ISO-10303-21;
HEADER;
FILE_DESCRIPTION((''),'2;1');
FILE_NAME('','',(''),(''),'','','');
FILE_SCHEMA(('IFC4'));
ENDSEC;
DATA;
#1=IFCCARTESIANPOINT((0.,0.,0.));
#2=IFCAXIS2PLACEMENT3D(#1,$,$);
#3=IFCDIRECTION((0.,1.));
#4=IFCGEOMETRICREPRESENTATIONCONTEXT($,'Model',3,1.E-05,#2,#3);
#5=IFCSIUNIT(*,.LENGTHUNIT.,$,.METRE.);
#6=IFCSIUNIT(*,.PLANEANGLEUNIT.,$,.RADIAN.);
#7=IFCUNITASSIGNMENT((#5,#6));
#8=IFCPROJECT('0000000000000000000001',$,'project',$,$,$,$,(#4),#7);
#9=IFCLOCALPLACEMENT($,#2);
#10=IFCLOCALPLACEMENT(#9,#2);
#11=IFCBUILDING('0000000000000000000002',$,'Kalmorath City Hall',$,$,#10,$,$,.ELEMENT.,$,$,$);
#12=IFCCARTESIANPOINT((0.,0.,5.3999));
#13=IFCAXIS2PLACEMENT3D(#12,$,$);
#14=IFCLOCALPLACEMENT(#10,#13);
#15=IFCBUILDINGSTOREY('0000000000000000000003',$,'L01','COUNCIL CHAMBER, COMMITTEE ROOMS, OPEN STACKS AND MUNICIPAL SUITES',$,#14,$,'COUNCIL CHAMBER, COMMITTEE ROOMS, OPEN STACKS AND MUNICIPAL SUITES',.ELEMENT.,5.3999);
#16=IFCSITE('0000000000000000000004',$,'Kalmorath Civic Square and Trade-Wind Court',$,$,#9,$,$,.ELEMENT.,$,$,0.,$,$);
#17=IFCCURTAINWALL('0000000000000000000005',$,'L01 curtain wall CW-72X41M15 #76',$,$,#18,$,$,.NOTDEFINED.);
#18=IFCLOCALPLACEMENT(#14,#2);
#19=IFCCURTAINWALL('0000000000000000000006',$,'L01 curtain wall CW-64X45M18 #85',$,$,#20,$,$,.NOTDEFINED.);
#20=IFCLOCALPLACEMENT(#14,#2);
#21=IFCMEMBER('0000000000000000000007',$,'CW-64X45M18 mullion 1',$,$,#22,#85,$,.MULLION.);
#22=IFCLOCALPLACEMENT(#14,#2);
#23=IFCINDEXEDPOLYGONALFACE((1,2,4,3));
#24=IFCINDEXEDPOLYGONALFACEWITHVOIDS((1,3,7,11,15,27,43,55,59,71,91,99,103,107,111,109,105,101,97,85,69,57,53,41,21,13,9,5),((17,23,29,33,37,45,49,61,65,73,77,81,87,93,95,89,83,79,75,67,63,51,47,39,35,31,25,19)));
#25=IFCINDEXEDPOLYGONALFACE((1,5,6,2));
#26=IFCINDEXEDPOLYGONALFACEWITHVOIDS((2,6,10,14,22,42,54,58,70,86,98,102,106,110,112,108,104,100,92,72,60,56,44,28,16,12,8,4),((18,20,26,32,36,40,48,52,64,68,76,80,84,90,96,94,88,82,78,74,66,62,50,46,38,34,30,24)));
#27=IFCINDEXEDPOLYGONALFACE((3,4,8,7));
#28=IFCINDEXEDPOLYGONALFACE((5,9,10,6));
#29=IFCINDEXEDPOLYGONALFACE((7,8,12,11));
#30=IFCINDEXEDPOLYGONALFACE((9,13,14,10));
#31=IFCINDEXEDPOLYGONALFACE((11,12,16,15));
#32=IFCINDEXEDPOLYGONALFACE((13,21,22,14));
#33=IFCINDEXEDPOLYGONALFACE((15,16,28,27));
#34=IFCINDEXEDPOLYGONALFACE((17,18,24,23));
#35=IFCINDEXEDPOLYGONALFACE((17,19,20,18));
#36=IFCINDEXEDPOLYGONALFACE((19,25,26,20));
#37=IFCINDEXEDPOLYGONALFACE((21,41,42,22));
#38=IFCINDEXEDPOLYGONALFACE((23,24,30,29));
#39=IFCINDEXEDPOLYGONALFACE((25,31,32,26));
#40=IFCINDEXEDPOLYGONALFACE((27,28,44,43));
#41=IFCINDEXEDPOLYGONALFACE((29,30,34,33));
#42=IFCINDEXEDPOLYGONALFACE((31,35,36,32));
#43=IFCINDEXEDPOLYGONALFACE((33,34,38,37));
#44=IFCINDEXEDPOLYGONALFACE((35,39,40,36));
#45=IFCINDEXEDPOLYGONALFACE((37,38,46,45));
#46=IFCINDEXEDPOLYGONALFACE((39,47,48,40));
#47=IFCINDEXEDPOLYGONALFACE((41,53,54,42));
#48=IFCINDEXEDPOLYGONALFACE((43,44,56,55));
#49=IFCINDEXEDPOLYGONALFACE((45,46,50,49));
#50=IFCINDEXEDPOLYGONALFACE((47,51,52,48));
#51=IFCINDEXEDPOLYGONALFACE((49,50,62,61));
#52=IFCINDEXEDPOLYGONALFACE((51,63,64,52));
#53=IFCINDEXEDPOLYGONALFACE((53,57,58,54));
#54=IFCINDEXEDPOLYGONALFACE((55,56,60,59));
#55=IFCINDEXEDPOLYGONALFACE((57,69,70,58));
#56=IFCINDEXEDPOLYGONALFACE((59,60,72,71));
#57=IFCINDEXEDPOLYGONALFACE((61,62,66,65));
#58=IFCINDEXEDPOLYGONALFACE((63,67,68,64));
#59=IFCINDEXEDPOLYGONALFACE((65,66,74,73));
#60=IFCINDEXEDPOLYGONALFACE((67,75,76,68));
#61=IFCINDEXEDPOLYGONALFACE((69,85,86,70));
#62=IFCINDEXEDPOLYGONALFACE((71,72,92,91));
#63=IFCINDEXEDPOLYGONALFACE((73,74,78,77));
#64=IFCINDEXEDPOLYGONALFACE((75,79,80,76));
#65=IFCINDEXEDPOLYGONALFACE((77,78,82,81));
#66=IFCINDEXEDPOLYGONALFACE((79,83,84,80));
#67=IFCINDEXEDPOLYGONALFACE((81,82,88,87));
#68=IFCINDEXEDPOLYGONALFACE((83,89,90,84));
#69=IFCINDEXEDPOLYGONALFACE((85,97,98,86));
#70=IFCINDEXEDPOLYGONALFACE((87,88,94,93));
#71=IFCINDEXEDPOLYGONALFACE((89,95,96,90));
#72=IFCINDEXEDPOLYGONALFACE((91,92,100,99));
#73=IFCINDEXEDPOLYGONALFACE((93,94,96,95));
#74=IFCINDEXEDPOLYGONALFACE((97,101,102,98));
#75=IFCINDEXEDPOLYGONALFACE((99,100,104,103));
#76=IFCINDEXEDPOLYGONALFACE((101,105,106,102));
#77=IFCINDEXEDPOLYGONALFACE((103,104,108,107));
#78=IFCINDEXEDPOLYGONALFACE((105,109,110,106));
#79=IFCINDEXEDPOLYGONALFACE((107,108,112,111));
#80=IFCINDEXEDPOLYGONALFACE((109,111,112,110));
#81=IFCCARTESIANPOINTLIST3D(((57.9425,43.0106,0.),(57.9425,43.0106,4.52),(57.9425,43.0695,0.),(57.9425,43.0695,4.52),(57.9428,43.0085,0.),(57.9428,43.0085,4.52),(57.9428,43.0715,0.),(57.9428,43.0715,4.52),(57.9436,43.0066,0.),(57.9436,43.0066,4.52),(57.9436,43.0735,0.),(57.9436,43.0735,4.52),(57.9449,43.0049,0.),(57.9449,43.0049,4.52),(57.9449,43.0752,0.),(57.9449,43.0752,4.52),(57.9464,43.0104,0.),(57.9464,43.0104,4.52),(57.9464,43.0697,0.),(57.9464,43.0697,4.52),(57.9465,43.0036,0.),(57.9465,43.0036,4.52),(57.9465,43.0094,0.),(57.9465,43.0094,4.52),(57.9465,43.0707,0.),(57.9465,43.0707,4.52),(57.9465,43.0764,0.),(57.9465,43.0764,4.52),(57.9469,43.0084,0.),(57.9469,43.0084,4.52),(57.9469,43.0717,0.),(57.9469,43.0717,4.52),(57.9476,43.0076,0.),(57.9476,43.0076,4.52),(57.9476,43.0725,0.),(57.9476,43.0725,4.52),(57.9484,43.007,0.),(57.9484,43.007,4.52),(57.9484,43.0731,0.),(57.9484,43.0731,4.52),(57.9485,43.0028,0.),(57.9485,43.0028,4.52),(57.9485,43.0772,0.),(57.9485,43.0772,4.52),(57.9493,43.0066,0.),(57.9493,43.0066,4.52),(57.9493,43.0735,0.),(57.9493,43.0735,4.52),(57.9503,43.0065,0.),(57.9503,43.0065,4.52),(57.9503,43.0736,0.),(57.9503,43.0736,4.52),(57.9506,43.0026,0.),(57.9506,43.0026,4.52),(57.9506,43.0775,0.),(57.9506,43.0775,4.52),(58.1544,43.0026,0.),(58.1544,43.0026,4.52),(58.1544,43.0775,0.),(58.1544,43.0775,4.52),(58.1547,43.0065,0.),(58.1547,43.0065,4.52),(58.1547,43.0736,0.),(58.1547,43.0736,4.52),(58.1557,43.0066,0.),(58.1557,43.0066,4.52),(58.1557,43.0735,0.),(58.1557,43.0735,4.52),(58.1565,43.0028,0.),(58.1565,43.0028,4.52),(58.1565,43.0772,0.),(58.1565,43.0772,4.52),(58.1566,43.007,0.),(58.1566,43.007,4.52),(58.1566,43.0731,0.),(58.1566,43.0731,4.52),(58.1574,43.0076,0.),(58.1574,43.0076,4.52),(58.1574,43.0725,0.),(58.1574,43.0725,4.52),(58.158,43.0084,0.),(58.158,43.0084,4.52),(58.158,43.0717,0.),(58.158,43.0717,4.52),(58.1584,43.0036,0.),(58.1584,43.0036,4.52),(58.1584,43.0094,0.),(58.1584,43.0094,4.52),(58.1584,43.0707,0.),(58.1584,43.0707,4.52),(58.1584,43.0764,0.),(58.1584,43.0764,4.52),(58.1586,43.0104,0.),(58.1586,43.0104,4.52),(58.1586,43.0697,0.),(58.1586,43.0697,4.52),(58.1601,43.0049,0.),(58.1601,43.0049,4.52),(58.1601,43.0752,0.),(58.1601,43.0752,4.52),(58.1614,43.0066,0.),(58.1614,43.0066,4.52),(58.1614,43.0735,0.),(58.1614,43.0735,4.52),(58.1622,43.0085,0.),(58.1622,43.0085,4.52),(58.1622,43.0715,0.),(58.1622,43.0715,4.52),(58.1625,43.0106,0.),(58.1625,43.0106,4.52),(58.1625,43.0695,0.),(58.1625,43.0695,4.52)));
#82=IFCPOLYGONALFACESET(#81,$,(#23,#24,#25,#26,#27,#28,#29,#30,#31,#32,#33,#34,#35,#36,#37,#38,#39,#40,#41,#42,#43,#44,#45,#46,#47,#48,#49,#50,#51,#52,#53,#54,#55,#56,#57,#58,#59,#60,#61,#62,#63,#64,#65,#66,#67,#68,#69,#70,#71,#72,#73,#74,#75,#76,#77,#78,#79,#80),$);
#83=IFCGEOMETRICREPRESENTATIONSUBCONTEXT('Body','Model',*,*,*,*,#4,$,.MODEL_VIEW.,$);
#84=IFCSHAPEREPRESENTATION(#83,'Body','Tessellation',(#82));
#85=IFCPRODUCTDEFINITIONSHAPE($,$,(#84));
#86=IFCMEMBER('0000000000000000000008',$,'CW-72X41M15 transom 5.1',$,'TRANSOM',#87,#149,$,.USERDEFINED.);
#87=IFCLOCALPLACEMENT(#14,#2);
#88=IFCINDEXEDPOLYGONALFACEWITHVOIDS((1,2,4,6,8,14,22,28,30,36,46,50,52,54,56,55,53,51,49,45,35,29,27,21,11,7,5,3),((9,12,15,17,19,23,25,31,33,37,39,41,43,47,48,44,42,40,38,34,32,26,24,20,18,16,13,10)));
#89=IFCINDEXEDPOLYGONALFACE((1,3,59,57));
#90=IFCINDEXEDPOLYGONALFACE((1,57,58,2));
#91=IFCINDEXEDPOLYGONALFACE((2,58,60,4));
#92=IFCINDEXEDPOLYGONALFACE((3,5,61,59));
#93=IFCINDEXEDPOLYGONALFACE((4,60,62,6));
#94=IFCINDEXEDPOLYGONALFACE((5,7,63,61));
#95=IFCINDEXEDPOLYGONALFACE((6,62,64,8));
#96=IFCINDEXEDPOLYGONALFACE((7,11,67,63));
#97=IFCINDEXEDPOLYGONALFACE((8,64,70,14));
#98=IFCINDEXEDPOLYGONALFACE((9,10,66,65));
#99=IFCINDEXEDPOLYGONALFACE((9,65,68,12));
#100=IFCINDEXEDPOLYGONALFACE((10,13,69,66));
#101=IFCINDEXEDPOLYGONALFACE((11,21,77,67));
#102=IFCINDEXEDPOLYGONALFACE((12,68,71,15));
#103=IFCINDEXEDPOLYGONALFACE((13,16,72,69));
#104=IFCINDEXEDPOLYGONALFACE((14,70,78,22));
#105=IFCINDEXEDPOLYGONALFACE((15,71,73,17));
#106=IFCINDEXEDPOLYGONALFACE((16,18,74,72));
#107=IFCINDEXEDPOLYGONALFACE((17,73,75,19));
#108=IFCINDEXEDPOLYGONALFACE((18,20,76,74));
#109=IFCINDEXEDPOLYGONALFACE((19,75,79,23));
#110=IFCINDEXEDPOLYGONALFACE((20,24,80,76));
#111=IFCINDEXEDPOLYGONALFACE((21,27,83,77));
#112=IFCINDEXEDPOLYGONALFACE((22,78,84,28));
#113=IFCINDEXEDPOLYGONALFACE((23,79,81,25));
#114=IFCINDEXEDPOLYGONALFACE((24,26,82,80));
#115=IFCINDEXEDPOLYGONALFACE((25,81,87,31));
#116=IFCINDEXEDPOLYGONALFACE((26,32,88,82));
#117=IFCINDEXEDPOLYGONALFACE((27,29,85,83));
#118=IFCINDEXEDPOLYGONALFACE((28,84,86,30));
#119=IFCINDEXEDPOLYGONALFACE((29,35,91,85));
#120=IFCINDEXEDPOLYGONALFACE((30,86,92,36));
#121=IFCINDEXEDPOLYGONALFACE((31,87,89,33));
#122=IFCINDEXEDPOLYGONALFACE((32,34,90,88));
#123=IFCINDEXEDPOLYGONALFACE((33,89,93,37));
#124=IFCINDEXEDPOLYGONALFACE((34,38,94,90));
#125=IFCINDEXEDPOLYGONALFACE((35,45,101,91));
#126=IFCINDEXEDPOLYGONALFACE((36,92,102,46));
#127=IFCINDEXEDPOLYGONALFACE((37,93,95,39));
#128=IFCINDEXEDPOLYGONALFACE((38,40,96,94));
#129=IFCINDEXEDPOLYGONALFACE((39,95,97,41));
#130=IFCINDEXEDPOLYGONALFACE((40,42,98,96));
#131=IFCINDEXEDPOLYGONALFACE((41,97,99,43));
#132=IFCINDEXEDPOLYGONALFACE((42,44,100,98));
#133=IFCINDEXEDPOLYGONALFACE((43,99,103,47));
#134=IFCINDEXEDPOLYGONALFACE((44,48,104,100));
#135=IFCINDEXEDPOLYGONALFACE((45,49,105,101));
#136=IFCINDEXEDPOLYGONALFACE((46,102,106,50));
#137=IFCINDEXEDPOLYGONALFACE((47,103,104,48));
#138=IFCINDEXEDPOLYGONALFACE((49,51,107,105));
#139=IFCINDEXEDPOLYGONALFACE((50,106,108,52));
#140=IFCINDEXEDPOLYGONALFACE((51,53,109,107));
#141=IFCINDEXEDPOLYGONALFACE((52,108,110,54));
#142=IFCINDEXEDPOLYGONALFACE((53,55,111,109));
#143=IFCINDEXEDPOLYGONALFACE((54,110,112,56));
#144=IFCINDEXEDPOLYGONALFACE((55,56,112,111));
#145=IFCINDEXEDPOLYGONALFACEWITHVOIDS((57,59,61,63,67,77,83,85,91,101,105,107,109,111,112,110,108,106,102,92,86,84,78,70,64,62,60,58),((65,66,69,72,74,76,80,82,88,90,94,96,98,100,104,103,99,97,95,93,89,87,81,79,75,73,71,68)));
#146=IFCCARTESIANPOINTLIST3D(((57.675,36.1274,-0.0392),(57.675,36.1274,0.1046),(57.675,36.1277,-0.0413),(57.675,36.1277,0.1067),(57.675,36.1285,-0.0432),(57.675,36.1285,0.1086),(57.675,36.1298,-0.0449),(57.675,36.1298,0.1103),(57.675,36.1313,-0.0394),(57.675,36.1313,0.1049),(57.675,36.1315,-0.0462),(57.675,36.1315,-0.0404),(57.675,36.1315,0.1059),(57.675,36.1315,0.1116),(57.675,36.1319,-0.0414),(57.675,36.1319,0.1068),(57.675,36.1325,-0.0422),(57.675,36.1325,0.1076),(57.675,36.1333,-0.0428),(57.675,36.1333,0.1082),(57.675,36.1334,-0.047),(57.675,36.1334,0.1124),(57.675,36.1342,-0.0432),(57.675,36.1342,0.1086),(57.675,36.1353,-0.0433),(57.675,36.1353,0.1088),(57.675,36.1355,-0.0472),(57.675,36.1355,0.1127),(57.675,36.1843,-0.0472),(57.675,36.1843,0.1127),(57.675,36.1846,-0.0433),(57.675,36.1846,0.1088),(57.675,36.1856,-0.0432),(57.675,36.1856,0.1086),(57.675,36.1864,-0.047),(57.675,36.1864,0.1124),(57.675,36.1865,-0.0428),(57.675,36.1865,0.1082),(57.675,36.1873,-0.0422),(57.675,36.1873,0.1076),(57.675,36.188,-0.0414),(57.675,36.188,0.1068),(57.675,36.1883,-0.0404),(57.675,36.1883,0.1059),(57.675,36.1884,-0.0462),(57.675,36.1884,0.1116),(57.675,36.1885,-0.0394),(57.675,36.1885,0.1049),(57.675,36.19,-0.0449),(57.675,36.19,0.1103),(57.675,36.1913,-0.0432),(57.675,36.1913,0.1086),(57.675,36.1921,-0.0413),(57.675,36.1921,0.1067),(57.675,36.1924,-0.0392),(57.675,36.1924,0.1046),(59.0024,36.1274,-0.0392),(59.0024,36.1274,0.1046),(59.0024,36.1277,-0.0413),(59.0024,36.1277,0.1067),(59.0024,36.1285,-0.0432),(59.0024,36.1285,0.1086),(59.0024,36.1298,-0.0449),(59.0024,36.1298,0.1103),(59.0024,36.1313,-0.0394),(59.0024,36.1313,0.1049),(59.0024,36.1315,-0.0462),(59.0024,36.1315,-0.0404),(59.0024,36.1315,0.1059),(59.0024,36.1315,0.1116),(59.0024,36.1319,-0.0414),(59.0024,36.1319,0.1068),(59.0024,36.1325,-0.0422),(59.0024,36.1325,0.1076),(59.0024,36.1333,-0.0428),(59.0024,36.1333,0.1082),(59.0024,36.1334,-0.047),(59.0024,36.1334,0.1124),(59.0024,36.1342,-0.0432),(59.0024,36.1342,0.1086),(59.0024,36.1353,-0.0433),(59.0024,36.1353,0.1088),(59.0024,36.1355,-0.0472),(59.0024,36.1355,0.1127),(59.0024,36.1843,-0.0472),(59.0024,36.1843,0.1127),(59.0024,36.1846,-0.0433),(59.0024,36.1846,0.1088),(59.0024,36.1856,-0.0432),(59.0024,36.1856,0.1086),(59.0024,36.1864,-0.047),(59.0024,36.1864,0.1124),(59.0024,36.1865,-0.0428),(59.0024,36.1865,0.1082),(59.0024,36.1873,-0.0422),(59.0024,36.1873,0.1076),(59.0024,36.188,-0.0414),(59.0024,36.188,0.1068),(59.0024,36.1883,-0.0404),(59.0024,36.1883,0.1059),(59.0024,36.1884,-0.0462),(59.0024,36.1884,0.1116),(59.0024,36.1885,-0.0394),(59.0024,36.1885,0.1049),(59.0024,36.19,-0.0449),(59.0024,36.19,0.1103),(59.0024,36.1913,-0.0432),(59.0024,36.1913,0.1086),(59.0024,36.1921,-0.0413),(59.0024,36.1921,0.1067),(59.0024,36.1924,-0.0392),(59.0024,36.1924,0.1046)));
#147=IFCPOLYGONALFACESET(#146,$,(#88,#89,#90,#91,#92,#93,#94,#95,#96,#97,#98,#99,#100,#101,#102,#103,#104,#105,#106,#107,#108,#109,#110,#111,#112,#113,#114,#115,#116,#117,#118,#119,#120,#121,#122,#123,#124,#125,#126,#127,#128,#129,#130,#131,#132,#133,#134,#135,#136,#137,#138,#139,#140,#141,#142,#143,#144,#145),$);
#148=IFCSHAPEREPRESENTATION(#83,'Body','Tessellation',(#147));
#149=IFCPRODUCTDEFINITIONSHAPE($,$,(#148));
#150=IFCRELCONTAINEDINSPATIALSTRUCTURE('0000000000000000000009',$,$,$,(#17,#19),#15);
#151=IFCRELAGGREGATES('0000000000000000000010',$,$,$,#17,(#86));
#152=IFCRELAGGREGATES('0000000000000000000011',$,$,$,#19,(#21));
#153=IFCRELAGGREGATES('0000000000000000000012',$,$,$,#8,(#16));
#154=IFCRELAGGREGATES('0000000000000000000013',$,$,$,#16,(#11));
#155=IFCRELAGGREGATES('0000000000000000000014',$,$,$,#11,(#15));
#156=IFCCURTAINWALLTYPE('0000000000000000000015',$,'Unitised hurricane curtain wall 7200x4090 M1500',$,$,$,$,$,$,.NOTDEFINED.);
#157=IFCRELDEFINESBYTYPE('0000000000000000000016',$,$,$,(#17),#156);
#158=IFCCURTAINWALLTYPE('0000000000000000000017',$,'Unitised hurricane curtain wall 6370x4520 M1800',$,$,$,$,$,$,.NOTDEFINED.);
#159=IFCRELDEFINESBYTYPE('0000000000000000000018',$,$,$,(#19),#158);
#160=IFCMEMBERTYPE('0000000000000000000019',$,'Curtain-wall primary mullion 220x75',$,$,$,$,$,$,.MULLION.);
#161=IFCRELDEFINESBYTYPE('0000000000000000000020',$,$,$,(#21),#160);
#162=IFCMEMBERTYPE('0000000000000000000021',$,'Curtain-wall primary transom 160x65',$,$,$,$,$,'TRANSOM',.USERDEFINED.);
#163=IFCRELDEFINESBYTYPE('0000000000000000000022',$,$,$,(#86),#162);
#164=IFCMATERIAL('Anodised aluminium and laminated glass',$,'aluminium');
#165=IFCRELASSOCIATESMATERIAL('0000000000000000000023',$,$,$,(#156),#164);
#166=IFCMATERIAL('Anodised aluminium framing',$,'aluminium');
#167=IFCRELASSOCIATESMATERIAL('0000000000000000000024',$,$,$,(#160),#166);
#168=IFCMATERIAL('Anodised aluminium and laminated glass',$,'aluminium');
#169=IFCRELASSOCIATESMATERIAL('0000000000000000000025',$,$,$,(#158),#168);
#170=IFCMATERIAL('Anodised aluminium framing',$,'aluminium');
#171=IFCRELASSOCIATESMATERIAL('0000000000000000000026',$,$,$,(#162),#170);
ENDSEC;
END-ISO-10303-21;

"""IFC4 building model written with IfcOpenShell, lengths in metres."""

from ifc_helpers import new_model, si_unit, direction, frame, origin, origin_2d, place, context, subcontext, project, spatial, hollow_rectangle, extrude, material, material_profile, profile_set, type_object, element, aggregate, save


model = new_model("IFC4")

# Units and contexts
model_context = context("Model", 3, precision=1e-05, world=origin(), true_north=direction((0.0, 1.0)))
body_context = subcontext(model_context, "Body", "Model", "MODEL_VIEW")
ifc_project = project(units=[si_unit("LENGTHUNIT", "METRE"), si_unit("PLANEANGLEUNIT", "RADIAN")], contexts=[model_context])

# Site, building, storey
site_placement = place(None, origin())
site = spatial("IfcSite", under=ifc_project, at=site_placement, Name="Kalmorath Civic Square and Trade-Wind Court", CompositionType="ELEMENT", RefElevation=0.0)
building_placement = place(site_placement, origin())
building = spatial("IfcBuilding", under=site, at=building_placement, Name="Kalmorath City Hall", CompositionType="ELEMENT")
storey_placement = place(building_placement, frame((0.0, 0.0, 5.3999)))
storey = spatial("IfcBuildingStorey", under=building, at=storey_placement, Name="L01", Description="COUNCIL CHAMBER, COMMITTEE ROOMS, OPEN STACKS AND MUNICIPAL SUITES", LongName="COUNCIL CHAMBER, COMMITTEE ROOMS, OPEN STACKS AND MUNICIPAL SUITES", CompositionType="ELEMENT", Elevation=5.3999)

# Curtain wall
ifc_material_1 = material(Name="Anodised aluminium and laminated glass", Category="aluminium")
curtain_wall_type_1 = type_object("IfcCurtainWallType", Name="Unitised hurricane curtain wall 7200x4090 M1500", PredefinedType="NOTDEFINED", material=ifc_material_1)
curtain_wall_1_placement = place(storey_placement, origin())
curtain_wall_1 = element("IfcCurtainWall", 1, at=curtain_wall_1_placement, inside=storey, type_object=curtain_wall_type_1, Name="L01 curtain wall CW-72X41M15 #76", PredefinedType="NOTDEFINED")
ifc_material_2 = material(Name="Anodised aluminium framing", Category="aluminium")
ifc_material_profile_1 = material_profile(ifc_material_2, hollow_rectangle(XDim=0.075, YDim=0.22, WallThickness=0.0039, InnerFilletRadius=0.0039, OuterFilletRadius=0.0081, at=origin_2d()), Name="ALU-MUL-220X75X4")
ifc_profile_set_1 = profile_set([ifc_material_profile_1], Name="Anodised aluminium framing")
member_type_1 = type_object("IfcMemberType", Name="Curtain-wall primary mullion 220x75", PredefinedType="MULLION", material=ifc_profile_set_1)

# Curtain wall, member
ifc_material_3 = material(Name="Anodised aluminium and laminated glass", Category="aluminium")
curtain_wall_type_2 = type_object("IfcCurtainWallType", Name="Unitised hurricane curtain wall 6370x4520 M1800", PredefinedType="NOTDEFINED", material=ifc_material_3)
curtain_wall_2_placement = place(storey_placement, origin())
curtain_wall_2 = element("IfcCurtainWall", 2, at=curtain_wall_2_placement, inside=storey, type_object=curtain_wall_type_2, Name="L01 curtain wall CW-64X45M18 #85", PredefinedType="NOTDEFINED")
member_1_placement = place(storey_placement, frame((58.0525, 43.04, 0.0), z_axis=(0.0, 0.0, 1.0), x_axis=(0.0, 1.0, 0.0)))
member_1 = element("IfcMember", 3, at=member_1_placement, type_object=member_type_1, Name="CW-64X45M18 mullion 1", PredefinedType="MULLION", context=body_context, shape_type="SweptSolid", body=[
    extrude(hollow_rectangle(XDim=0.075, YDim=0.22, WallThickness=0.0039, InnerFilletRadius=0.0039, OuterFilletRadius=0.0081, at=origin_2d()), origin(), (0.0, 0.0, 1.0), 4.52),
])

# Member
ifc_material_4 = material(Name="Anodised aluminium framing", Category="aluminium")
ifc_material_profile_2 = material_profile(ifc_material_4, hollow_rectangle(XDim=0.0649, YDim=0.1599, WallThickness=0.0039, InnerFilletRadius=0.0039, OuterFilletRadius=0.0081, at=origin_2d()), Name="ALU-TRN-160X65X4")
ifc_profile_set_2 = profile_set([ifc_material_profile_2], Name="Anodised aluminium framing")
member_type_2 = type_object("IfcMemberType", Name="Curtain-wall primary transom 160x65", ElementType="TRANSOM", PredefinedType="USERDEFINED", material=ifc_profile_set_2)
member_2_placement = place(storey_placement, frame((59.0024, 36.1599, 0.0327), z_axis=(-1.0, 0.0, 0.0), x_axis=(0.0, -1.0, 0.0)))
member_2 = element("IfcMember", 4, at=member_2_placement, type_object=member_type_2, Name="CW-72X41M15 transom 5.1", ObjectType="TRANSOM", PredefinedType="USERDEFINED", context=body_context, shape_type="SweptSolid", body=[
    extrude(hollow_rectangle(XDim=0.0649, YDim=0.1599, WallThickness=0.0039, InnerFilletRadius=0.0039, OuterFilletRadius=0.0081, at=origin_2d()), origin(), (0.0, 0.0, 1.0), 1.3274),
])

aggregate(curtain_wall_1, [member_2])
aggregate(curtain_wall_2, [member_1])

save(model, "model.ifc")
